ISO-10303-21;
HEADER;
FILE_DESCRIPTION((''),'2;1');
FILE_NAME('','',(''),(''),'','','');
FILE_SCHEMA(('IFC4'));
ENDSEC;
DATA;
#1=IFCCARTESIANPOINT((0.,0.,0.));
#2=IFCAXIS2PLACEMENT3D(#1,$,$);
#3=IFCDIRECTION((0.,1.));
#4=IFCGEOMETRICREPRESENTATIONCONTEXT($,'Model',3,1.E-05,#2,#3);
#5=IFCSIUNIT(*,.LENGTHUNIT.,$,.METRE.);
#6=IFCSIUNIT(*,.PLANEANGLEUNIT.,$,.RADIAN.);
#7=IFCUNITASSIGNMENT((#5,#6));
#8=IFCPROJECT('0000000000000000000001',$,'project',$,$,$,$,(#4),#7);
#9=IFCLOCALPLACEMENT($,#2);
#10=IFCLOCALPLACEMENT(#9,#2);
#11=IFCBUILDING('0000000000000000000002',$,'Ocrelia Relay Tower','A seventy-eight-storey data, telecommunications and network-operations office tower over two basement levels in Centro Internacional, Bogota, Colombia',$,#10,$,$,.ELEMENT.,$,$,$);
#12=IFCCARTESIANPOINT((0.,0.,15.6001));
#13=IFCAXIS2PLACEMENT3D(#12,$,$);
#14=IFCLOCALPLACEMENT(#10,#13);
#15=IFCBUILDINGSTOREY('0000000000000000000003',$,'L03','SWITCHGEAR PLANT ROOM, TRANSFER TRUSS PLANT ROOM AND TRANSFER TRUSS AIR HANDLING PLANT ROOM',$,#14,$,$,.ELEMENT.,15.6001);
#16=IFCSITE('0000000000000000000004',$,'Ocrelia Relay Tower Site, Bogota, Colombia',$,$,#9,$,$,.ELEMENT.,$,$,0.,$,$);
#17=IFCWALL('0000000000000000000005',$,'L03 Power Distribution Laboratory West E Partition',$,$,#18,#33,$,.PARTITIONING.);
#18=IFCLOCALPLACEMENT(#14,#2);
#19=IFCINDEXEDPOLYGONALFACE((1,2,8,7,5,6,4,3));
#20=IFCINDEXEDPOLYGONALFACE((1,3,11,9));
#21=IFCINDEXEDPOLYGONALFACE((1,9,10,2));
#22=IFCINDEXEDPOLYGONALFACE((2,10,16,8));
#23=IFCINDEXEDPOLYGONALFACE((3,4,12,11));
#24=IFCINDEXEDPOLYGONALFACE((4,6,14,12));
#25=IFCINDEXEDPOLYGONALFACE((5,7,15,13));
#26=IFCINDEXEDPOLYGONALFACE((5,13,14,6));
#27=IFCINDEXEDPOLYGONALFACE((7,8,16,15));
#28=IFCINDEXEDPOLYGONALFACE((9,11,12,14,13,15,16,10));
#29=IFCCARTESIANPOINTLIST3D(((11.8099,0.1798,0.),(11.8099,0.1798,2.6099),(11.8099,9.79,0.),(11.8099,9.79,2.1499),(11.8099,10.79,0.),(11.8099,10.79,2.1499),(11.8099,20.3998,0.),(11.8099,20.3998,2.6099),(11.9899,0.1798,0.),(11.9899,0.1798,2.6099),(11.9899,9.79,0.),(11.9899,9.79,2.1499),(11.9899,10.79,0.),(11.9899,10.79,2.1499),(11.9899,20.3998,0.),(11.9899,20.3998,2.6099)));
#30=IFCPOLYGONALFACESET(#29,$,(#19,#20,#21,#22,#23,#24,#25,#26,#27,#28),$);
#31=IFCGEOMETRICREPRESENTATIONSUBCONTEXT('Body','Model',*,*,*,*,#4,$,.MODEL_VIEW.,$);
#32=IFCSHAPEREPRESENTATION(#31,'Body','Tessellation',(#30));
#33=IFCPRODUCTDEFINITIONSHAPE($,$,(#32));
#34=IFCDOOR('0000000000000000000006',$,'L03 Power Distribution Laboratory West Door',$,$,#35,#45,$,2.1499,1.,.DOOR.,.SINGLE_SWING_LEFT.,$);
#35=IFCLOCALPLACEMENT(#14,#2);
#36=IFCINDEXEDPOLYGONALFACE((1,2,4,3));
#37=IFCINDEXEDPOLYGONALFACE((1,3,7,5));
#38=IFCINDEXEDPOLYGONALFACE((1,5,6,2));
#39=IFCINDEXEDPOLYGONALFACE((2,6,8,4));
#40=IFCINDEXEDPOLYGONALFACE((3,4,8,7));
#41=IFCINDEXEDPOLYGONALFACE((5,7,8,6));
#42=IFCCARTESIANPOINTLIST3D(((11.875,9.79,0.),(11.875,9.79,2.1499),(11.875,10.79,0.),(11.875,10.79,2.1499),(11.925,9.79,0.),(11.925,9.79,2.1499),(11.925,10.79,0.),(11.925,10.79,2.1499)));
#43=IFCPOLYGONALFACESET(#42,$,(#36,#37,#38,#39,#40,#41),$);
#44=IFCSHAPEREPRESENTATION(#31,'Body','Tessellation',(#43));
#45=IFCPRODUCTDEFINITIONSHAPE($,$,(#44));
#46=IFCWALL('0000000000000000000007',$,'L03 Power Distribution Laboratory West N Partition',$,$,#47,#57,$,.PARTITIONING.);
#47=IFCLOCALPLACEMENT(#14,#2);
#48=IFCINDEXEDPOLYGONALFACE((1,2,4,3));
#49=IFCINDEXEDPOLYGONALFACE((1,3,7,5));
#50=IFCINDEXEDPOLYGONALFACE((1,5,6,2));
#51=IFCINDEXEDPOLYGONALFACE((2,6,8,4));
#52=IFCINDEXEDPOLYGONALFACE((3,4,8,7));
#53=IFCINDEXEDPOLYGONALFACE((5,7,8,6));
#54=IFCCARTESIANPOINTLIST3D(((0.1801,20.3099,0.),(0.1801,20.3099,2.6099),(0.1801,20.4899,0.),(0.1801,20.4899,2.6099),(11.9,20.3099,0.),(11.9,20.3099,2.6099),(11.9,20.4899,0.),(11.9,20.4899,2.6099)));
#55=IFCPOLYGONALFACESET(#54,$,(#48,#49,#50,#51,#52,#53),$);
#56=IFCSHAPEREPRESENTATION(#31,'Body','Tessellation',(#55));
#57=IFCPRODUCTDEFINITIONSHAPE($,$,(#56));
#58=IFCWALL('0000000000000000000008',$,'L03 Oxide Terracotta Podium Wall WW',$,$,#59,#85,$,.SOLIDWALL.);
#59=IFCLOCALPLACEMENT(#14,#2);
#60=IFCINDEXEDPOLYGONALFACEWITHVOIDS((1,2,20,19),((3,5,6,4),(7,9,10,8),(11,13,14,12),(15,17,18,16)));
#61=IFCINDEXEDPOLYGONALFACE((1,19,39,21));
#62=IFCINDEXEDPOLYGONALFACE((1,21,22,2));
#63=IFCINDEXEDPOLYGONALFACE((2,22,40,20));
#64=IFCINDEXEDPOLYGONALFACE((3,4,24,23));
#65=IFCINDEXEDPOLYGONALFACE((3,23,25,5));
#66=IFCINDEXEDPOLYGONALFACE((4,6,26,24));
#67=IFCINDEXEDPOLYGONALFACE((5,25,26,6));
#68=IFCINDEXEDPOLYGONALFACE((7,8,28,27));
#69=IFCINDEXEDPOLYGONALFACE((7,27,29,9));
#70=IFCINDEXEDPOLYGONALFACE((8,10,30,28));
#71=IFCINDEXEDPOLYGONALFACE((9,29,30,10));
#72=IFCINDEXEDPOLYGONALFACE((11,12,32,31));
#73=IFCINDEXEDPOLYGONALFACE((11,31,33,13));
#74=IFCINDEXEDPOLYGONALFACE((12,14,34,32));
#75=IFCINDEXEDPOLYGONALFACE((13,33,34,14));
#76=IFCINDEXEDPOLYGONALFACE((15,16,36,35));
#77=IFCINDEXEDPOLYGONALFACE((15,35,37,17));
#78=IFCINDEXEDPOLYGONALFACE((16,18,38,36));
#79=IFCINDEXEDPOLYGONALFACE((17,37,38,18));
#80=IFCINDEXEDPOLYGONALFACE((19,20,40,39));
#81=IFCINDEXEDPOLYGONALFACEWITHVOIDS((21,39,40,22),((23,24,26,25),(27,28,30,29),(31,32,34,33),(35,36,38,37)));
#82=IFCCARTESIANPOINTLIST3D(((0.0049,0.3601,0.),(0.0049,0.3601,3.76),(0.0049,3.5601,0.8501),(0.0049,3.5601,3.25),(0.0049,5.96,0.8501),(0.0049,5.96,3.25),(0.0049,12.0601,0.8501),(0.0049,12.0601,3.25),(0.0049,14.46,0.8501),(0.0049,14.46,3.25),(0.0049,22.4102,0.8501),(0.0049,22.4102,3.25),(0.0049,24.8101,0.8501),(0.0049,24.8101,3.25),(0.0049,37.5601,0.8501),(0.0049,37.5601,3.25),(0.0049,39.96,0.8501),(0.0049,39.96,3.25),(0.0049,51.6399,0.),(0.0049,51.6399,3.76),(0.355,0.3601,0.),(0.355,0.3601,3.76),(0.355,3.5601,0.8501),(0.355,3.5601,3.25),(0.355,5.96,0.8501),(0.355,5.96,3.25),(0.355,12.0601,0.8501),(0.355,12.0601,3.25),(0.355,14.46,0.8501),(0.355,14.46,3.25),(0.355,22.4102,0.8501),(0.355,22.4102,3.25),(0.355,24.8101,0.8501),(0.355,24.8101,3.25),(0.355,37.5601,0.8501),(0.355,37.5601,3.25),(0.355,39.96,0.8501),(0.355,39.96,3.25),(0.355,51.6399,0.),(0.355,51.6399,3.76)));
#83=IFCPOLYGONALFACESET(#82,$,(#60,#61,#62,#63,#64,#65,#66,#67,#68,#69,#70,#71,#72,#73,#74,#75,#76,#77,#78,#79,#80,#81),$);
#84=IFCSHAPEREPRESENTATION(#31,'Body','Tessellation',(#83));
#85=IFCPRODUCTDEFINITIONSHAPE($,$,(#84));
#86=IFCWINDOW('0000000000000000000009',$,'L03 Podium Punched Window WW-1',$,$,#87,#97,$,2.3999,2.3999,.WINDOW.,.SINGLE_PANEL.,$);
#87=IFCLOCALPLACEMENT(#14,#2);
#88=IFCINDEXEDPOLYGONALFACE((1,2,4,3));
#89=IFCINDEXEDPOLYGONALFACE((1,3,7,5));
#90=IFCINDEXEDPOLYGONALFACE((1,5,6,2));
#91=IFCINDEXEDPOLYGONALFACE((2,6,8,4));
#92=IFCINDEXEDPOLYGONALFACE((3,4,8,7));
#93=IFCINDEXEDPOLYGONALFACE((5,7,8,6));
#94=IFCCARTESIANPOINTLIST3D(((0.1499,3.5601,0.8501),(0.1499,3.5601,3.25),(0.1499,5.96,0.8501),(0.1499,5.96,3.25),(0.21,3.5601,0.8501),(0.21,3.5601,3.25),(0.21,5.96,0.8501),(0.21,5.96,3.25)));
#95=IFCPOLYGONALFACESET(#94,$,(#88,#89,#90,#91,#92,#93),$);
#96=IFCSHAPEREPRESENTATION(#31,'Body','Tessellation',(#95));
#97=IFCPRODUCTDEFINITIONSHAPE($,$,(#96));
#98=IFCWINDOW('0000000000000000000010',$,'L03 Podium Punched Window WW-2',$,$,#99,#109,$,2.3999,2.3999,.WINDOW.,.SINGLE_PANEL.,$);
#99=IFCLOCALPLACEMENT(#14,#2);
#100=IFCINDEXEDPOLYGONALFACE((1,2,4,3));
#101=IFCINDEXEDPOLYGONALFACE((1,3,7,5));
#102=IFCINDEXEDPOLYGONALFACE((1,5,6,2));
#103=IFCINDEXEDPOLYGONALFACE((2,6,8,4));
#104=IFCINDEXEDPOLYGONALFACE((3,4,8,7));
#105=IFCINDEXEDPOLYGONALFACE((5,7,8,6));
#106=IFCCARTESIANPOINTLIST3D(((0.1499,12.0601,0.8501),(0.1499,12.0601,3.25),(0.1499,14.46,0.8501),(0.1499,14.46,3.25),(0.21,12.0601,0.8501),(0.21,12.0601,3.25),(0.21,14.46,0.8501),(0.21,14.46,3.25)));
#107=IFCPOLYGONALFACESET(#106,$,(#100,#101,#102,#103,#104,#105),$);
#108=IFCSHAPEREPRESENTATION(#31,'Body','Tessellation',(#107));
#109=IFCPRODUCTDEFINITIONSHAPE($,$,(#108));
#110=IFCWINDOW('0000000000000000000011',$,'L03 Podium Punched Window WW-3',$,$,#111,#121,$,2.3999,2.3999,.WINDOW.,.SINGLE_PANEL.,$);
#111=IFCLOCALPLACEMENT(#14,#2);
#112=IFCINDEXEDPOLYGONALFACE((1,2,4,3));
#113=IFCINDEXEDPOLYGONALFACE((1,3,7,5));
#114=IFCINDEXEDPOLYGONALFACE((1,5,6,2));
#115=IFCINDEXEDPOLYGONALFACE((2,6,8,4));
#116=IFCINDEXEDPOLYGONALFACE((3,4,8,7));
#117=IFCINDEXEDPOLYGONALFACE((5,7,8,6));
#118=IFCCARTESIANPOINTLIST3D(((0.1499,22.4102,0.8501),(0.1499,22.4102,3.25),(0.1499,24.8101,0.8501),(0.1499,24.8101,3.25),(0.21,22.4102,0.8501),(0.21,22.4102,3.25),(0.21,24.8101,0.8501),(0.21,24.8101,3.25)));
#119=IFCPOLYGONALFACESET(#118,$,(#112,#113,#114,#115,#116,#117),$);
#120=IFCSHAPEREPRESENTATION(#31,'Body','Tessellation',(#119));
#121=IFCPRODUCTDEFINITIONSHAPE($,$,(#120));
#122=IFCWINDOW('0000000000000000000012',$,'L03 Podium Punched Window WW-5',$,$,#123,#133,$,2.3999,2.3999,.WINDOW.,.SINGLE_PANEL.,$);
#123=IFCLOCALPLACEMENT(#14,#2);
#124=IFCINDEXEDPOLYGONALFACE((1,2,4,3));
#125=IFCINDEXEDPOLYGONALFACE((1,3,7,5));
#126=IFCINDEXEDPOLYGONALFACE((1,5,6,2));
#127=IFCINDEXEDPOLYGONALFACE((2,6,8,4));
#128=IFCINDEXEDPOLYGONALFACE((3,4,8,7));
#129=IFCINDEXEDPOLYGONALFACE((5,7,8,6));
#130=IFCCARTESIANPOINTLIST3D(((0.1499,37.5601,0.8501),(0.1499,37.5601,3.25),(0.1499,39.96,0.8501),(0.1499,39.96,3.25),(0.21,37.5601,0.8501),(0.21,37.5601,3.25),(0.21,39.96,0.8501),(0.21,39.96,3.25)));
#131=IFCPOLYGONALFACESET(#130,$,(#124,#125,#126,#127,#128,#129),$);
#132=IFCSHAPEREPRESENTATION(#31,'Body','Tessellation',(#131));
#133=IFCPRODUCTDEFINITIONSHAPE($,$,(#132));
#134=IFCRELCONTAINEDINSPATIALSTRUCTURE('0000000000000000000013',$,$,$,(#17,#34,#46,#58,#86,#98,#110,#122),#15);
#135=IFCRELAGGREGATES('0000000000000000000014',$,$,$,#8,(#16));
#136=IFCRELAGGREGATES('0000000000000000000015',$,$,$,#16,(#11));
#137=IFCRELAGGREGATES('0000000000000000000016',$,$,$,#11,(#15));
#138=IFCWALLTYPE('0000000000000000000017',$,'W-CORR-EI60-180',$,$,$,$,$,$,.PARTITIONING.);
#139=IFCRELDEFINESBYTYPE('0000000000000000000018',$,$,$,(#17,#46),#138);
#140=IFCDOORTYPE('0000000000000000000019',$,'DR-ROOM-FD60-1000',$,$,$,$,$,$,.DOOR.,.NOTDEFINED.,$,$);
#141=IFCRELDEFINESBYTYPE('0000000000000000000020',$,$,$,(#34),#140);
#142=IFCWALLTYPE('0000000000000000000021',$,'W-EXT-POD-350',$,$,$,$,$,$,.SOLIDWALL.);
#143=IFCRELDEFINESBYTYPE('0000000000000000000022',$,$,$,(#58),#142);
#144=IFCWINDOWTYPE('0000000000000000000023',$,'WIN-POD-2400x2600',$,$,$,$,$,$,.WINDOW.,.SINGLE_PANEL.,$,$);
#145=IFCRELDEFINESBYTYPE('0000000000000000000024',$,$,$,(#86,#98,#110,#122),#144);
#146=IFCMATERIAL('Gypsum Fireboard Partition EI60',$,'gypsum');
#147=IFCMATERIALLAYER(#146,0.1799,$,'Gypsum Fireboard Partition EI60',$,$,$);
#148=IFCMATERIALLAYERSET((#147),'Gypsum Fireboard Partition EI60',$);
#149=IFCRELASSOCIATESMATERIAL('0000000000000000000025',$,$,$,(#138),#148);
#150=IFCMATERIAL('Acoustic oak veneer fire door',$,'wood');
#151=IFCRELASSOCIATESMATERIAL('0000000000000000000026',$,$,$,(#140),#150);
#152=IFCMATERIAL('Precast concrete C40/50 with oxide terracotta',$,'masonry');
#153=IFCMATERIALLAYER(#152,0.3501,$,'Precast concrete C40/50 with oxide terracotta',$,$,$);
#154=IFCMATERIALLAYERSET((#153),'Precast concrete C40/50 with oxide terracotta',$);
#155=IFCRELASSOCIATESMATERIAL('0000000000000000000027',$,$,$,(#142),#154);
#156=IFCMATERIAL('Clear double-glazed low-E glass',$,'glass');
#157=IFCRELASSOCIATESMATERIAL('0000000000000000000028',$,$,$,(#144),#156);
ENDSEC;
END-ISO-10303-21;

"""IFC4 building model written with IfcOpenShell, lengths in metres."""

from ifc_helpers import new_model, si_unit, direction, frame, frame_2d, origin, place, context, subcontext, project, spatial, rectangle, extrude, material, layer, layer_set, type_object, element, fill, save


model = new_model("IFC4")

# Units and contexts
model_context = context("Model", 3, precision=1e-05, world=origin(), true_north=direction((0.0, 1.0)))
body_context = subcontext(model_context, "Body", "Model", "MODEL_VIEW")
ifc_project = project(units=[si_unit("LENGTHUNIT", "METRE"), si_unit("PLANEANGLEUNIT", "RADIAN")], contexts=[model_context])

# Site, building, storey
site_placement = place(None, origin())
site = spatial("IfcSite", under=ifc_project, at=site_placement, Name="Ocrelia Relay Tower Site, Bogota, Colombia", CompositionType="ELEMENT", RefElevation=0.0)
building_placement = place(site_placement, origin())
building = spatial("IfcBuilding", under=site, at=building_placement, Name="Ocrelia Relay Tower", Description="A seventy-eight-storey data, telecommunications and network-operations office tower over two basement levels in Centro Internacional, Bogota, Colombia", CompositionType="ELEMENT")
storey_placement = place(building_placement, frame((0.0, 0.0, 15.6001)))
storey = spatial("IfcBuildingStorey", under=building, at=storey_placement, Name="L03", Description="SWITCHGEAR PLANT ROOM, TRANSFER TRUSS PLANT ROOM AND TRANSFER TRUSS AIR HANDLING PLANT ROOM", CompositionType="ELEMENT", Elevation=15.6001)

# Wall, opening, door
ifc_material_1 = material(Name="Gypsum Fireboard Partition EI60", Category="gypsum")
ifc_layer_1 = layer(ifc_material_1, 0.1799, Name="Gypsum Fireboard Partition EI60")
ifc_layer_set_1 = layer_set([ifc_layer_1], Name="Gypsum Fireboard Partition EI60")
wall_type_1 = type_object("IfcWallType", Name="W-CORR-EI60-180", PredefinedType="PARTITIONING", material=ifc_layer_set_1)
wall_1_placement = place(storey_placement, frame((11.8999, 0.1799, 0.0), z_axis=(0.0, 0.0, 1.0), x_axis=(0.0, 1.0, 0.0)))
wall_1 = element("IfcWall", 1, at=wall_1_placement, inside=storey, type_object=wall_type_1, Name="L03 Power Distribution Laboratory West E Partition", PredefinedType="PARTITIONING", context=body_context, shape_type="SweptSolid", body=[
    extrude(rectangle(XDim=20.22, YDim=0.1799, at=frame_2d((10.1099, 0.0))), origin(), (0.0, 0.0, 1.0), 2.6099),
])
opening_1_placement = place(wall_1_placement, frame((9.6101, 0.0, 0.0)))
opening_1 = element("IfcOpeningElement", 2, at=opening_1_placement, cuts=wall_1, PredefinedType="OPENING", context=body_context, shape_type="SweptSolid", body=[
    extrude(rectangle(XDim=1.0, YDim=2.1499, at=frame_2d((0.5, 1.075))), frame((0.0, 0.1001, 0.0), z_axis=(0.0, -1.0, 0.0), x_axis=(1.0, 0.0, 0.0)), (0.0, 0.0, 1.0), 0.2),
])
ifc_material_2 = material(Name="Acoustic oak veneer fire door", Category="wood")
door_type = type_object("IfcDoorType", Name="DR-ROOM-FD60-1000", OperationType="NOTDEFINED", PredefinedType="DOOR", material=ifc_material_2)
door_placement = place(opening_1_placement, origin())
door = element("IfcDoor", 3, at=door_placement, inside=storey, type_object=door_type, Name="L03 Power Distribution Laboratory West Door", OperationType="SINGLE_SWING_LEFT", OverallHeight=2.1499, OverallWidth=1.0, PredefinedType="DOOR", context=body_context, shape_type="SweptSolid", body=[
    extrude(rectangle(XDim=1.0, YDim=2.1499, at=frame_2d((0.5, 1.075))), frame((0.0, 0.0249, 0.0), z_axis=(0.0, -1.0, 0.0), x_axis=(1.0, 0.0, 0.0)), (0.0, 0.0, 1.0), 0.05),
])
fill(opening_1, door)

# Wall
wall_2_placement = place(storey_placement, frame((11.8999, 20.3999, 0.0), z_axis=(0.0, 0.0, 1.0), x_axis=(-1.0, 0.0, 0.0)))
element("IfcWall", 4, at=wall_2_placement, inside=storey, type_object=wall_type_1, Name="L03 Power Distribution Laboratory West N Partition", PredefinedType="PARTITIONING", context=body_context, shape_type="SweptSolid", body=[
    extrude(rectangle(XDim=11.72, YDim=0.1799, at=frame_2d((5.8599, 0.0))), origin(), (0.0, 0.0, 1.0), 2.6099),
])

# Wall, openings, windows
ifc_material_3 = material(Name="Precast concrete C40/50 with oxide terracotta", Category="masonry")
ifc_layer_2 = layer(ifc_material_3, 0.3501, Name="Precast concrete C40/50 with oxide terracotta")
ifc_layer_set_2 = layer_set([ifc_layer_2], Name="Precast concrete C40/50 with oxide terracotta")
wall_type_2 = type_object("IfcWallType", Name="W-EXT-POD-350", PredefinedType="SOLIDWALL", material=ifc_layer_set_2)
wall_3_placement = place(storey_placement, frame((0.1799, 0.3601, 0.0), z_axis=(0.0, 0.0, 1.0), x_axis=(0.0, 1.0, 0.0)))
wall_3 = element("IfcWall", 5, at=wall_3_placement, inside=storey, type_object=wall_type_2, Name="L03 Oxide Terracotta Podium Wall WW", PredefinedType="SOLIDWALL", context=body_context, shape_type="SweptSolid", body=[
    extrude(rectangle(XDim=51.2798, YDim=0.3501, at=frame_2d((25.6399, 0.0))), origin(), (0.0, 0.0, 1.0), 3.76),
])
opening_2_placement = place(wall_3_placement, frame((3.2, 0.0, 0.8501)))
opening_2 = element("IfcOpeningElement", 6, at=opening_2_placement, cuts=wall_3, PredefinedType="OPENING", context=body_context, shape_type="SweptSolid", body=[
    extrude(rectangle(XDim=2.3999, YDim=2.3999, at=frame_2d((1.2, 1.2))), frame((0.0, 0.1851, 0.0), z_axis=(0.0, -1.0, 0.0), x_axis=(1.0, 0.0, 0.0)), (0.0, 0.0, 1.0), 0.3701),
])
opening_3_placement = place(wall_3_placement, frame((11.7, 0.0, 0.8501)))
opening_3 = element("IfcOpeningElement", 7, at=opening_3_placement, cuts=wall_3, PredefinedType="OPENING", context=body_context, shape_type="SweptSolid", body=[
    extrude(rectangle(XDim=2.3999, YDim=2.3999, at=frame_2d((1.2, 1.2))), frame((0.0, 0.1851, 0.0), z_axis=(0.0, -1.0, 0.0), x_axis=(1.0, 0.0, 0.0)), (0.0, 0.0, 1.0), 0.3701),
])
opening_4_placement = place(wall_3_placement, frame((22.05, 0.0, 0.8501)))
opening_4 = element("IfcOpeningElement", 8, at=opening_4_placement, cuts=wall_3, PredefinedType="OPENING", context=body_context, shape_type="SweptSolid", body=[
    extrude(rectangle(XDim=2.3999, YDim=2.3999, at=frame_2d((1.2, 1.2))), frame((0.0, 0.1851, 0.0), z_axis=(0.0, -1.0, 0.0), x_axis=(1.0, 0.0, 0.0)), (0.0, 0.0, 1.0), 0.3701),
])
opening_5_placement = place(wall_3_placement, frame((37.2, 0.0, 0.8501)))
opening_5 = element("IfcOpeningElement", 9, at=opening_5_placement, cuts=wall_3, PredefinedType="OPENING", context=body_context, shape_type="SweptSolid", body=[
    extrude(rectangle(XDim=2.3999, YDim=2.3999, at=frame_2d((1.2, 1.2))), frame((0.0, 0.1851, 0.0), z_axis=(0.0, -1.0, 0.0), x_axis=(1.0, 0.0, 0.0)), (0.0, 0.0, 1.0), 0.3701),
])
ifc_material_4 = material(Name="Clear double-glazed low-E glass", Category="glass")
window_type = type_object("IfcWindowType", Name="WIN-POD-2400x2600", PartitioningType="SINGLE_PANEL", PredefinedType="WINDOW", material=ifc_material_4)
window_1_placement = place(opening_2_placement, origin())
window_1 = element("IfcWindow", 10, at=window_1_placement, inside=storey, type_object=window_type, Name="L03 Podium Punched Window WW-1", OverallHeight=2.3999, OverallWidth=2.3999, PartitioningType="SINGLE_PANEL", PredefinedType="WINDOW", context=body_context, shape_type="SweptSolid", body=[
    extrude(rectangle(XDim=2.3999, YDim=2.3999, at=frame_2d((1.2, 1.2))), frame((0.0, 0.03, 0.0), z_axis=(0.0, -1.0, 0.0), x_axis=(1.0, 0.0, 0.0)), (0.0, 0.0, 1.0), 0.0601),
])
fill(opening_2, window_1)
window_2_placement = place(opening_3_placement, origin())
window_2 = element("IfcWindow", 11, at=window_2_placement, inside=storey, type_object=window_type, Name="L03 Podium Punched Window WW-2", OverallHeight=2.3999, OverallWidth=2.3999, PartitioningType="SINGLE_PANEL", PredefinedType="WINDOW", context=body_context, shape_type="SweptSolid", body=[
    extrude(rectangle(XDim=2.3999, YDim=2.3999, at=frame_2d((1.2, 1.2))), frame((0.0, 0.03, 0.0), z_axis=(0.0, -1.0, 0.0), x_axis=(1.0, 0.0, 0.0)), (0.0, 0.0, 1.0), 0.0601),
])
fill(opening_3, window_2)
window_3_placement = place(opening_4_placement, origin())
window_3 = element("IfcWindow", 12, at=window_3_placement, inside=storey, type_object=window_type, Name="L03 Podium Punched Window WW-3", OverallHeight=2.3999, OverallWidth=2.3999, PartitioningType="SINGLE_PANEL", PredefinedType="WINDOW", context=body_context, shape_type="SweptSolid", body=[
    extrude(rectangle(XDim=2.3999, YDim=2.3999, at=frame_2d((1.2, 1.2))), frame((0.0, 0.03, 0.0), z_axis=(0.0, -1.0, 0.0), x_axis=(1.0, 0.0, 0.0)), (0.0, 0.0, 1.0), 0.0601),
])
fill(opening_4, window_3)
window_4_placement = place(opening_5_placement, origin())
window_4 = element("IfcWindow", 13, at=window_4_placement, inside=storey, type_object=window_type, Name="L03 Podium Punched Window WW-5", OverallHeight=2.3999, OverallWidth=2.3999, PartitioningType="SINGLE_PANEL", PredefinedType="WINDOW", context=body_context, shape_type="SweptSolid", body=[
    extrude(rectangle(XDim=2.3999, YDim=2.3999, at=frame_2d((1.2, 1.2))), frame((0.0, 0.03, 0.0), z_axis=(0.0, -1.0, 0.0), x_axis=(1.0, 0.0, 0.0)), (0.0, 0.0, 1.0), 0.0601),
])
fill(opening_5, window_4)

save(model, "model.ifc")
